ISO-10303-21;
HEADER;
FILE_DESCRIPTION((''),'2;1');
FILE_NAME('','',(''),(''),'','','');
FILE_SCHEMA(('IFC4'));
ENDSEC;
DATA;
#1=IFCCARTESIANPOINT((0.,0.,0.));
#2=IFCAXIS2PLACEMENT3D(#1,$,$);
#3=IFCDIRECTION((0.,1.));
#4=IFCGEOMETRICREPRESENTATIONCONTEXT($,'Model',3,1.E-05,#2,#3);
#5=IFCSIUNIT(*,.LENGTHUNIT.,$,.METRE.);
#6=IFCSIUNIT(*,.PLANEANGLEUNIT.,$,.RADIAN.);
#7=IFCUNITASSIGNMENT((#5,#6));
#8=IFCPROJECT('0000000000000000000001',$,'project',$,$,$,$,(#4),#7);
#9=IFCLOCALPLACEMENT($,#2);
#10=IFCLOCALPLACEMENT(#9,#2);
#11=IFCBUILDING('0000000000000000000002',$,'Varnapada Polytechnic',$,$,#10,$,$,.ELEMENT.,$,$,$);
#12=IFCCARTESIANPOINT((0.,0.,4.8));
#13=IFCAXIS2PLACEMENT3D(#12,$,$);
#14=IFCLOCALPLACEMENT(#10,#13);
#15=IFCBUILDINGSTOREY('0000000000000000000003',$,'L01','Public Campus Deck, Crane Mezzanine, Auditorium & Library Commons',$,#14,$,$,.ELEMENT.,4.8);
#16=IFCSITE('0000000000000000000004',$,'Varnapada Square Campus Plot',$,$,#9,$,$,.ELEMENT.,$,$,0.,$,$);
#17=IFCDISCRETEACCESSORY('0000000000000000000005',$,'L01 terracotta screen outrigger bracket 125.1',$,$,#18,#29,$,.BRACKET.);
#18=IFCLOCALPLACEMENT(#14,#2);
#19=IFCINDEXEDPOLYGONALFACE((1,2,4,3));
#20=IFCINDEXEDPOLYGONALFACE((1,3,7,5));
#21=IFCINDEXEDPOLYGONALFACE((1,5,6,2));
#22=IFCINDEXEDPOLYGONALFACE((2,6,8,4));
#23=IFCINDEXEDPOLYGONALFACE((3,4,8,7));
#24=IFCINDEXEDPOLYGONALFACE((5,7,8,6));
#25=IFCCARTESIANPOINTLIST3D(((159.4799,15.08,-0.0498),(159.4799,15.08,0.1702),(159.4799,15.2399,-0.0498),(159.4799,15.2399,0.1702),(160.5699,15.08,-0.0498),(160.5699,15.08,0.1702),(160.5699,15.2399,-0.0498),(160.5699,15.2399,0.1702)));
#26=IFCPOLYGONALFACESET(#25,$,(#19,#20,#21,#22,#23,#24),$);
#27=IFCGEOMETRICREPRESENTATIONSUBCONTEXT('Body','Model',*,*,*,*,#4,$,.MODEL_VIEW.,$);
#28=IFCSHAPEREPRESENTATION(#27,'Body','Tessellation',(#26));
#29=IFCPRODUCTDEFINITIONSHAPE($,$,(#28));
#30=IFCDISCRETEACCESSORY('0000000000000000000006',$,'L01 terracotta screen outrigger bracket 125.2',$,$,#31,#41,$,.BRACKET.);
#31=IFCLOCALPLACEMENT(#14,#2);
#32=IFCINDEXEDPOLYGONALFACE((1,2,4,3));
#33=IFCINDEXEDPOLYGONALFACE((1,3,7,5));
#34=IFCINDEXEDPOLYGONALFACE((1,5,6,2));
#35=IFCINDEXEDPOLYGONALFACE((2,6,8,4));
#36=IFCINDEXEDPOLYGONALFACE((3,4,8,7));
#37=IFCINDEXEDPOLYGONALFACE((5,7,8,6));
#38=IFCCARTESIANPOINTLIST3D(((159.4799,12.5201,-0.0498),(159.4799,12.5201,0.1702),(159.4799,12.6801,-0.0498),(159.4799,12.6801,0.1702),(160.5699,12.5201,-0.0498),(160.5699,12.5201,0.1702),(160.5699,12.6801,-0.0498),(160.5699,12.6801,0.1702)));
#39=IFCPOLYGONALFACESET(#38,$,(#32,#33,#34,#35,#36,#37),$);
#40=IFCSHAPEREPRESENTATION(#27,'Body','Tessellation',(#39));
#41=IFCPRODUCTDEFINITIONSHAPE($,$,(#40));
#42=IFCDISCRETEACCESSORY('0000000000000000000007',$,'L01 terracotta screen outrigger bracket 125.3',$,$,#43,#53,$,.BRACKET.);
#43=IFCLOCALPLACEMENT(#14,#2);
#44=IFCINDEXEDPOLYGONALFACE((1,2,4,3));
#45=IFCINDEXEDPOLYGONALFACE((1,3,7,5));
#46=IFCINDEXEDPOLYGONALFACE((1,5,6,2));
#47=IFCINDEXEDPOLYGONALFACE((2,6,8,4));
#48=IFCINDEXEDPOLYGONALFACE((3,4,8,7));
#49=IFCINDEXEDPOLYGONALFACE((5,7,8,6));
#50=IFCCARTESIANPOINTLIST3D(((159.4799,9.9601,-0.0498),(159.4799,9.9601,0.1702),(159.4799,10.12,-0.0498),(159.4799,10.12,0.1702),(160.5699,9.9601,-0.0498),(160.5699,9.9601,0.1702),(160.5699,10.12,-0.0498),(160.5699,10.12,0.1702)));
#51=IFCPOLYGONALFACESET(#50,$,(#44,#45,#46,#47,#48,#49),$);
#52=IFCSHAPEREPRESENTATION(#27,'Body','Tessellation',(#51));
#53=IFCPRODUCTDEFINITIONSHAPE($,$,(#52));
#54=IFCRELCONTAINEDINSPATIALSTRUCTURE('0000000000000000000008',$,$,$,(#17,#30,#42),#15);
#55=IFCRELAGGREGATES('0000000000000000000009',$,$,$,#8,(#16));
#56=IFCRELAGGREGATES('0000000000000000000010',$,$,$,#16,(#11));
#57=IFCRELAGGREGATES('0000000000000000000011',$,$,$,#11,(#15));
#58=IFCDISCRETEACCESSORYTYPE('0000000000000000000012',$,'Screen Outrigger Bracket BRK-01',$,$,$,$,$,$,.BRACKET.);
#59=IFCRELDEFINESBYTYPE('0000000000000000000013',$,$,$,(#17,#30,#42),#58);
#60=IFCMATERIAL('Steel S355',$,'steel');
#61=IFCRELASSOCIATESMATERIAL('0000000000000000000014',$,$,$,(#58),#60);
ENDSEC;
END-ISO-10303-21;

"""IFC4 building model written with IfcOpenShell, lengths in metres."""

from ifc_helpers import new_model, si_unit, direction, frame, origin, origin_2d, place, context, subcontext, project, spatial, rectangle, extrude, material, type_object, element, save


model = new_model("IFC4")

# Units and contexts
model_context = context("Model", 3, precision=1e-05, world=origin(), true_north=direction((0.0, 1.0)))
body_context = subcontext(model_context, "Body", "Model", "MODEL_VIEW")
ifc_project = project(units=[si_unit("LENGTHUNIT", "METRE"), si_unit("PLANEANGLEUNIT", "RADIAN")], contexts=[model_context])

# Site, building, storey
site_placement = place(None, origin())
site = spatial("IfcSite", under=ifc_project, at=site_placement, Name="Varnapada Square Campus Plot", CompositionType="ELEMENT", RefElevation=0.0)
building_placement = place(site_placement, origin())
building = spatial("IfcBuilding", under=site, at=building_placement, Name="Varnapada Polytechnic", CompositionType="ELEMENT")
storey_placement = place(building_placement, frame((0.0, 0.0, 4.8)))
storey = spatial("IfcBuildingStorey", under=building, at=storey_placement, Name="L01", Description="Public Campus Deck, Crane Mezzanine, Auditorium & Library Commons", CompositionType="ELEMENT", Elevation=4.8)

# Discrete accessories
ifc_material_1 = material(Name="Steel S355", Category="steel")
discrete_accessory_type = type_object("IfcDiscreteAccessoryType", Name="Screen Outrigger Bracket BRK-01", PredefinedType="BRACKET", material=ifc_material_1)
for number, where, z_axis, x_axis, name in (
    (1, (160.0249, 15.1599, -0.0498), (0.0, 0.0, 1.0), (0.0, -1.0, 0.0), "L01 terracotta screen outrigger bracket 125.1"),
    (2, (160.0249, 12.6001, -0.0498), (0.0, 0.0, 1.0), (0.0, -1.0, 0.0), "L01 terracotta screen outrigger bracket 125.2"),
    (3, (160.0249, 10.04, -0.0498), (0.0, 0.0, 1.0), (0.0, -1.0, 0.0), "L01 terracotta screen outrigger bracket 125.3"),
):
    element("IfcDiscreteAccessory", number, at=place(storey_placement, frame(where, z_axis=z_axis, x_axis=x_axis)), inside=storey, type_object=discrete_accessory_type, Name=name, PredefinedType="BRACKET", context=body_context, shape_type="SweptSolid", body=[
        extrude(rectangle(XDim=0.1599, YDim=1.0901, at=origin_2d()), origin(), (0.0, 0.0, 1.0), 0.22),
    ])

save(model, "model.ifc")
